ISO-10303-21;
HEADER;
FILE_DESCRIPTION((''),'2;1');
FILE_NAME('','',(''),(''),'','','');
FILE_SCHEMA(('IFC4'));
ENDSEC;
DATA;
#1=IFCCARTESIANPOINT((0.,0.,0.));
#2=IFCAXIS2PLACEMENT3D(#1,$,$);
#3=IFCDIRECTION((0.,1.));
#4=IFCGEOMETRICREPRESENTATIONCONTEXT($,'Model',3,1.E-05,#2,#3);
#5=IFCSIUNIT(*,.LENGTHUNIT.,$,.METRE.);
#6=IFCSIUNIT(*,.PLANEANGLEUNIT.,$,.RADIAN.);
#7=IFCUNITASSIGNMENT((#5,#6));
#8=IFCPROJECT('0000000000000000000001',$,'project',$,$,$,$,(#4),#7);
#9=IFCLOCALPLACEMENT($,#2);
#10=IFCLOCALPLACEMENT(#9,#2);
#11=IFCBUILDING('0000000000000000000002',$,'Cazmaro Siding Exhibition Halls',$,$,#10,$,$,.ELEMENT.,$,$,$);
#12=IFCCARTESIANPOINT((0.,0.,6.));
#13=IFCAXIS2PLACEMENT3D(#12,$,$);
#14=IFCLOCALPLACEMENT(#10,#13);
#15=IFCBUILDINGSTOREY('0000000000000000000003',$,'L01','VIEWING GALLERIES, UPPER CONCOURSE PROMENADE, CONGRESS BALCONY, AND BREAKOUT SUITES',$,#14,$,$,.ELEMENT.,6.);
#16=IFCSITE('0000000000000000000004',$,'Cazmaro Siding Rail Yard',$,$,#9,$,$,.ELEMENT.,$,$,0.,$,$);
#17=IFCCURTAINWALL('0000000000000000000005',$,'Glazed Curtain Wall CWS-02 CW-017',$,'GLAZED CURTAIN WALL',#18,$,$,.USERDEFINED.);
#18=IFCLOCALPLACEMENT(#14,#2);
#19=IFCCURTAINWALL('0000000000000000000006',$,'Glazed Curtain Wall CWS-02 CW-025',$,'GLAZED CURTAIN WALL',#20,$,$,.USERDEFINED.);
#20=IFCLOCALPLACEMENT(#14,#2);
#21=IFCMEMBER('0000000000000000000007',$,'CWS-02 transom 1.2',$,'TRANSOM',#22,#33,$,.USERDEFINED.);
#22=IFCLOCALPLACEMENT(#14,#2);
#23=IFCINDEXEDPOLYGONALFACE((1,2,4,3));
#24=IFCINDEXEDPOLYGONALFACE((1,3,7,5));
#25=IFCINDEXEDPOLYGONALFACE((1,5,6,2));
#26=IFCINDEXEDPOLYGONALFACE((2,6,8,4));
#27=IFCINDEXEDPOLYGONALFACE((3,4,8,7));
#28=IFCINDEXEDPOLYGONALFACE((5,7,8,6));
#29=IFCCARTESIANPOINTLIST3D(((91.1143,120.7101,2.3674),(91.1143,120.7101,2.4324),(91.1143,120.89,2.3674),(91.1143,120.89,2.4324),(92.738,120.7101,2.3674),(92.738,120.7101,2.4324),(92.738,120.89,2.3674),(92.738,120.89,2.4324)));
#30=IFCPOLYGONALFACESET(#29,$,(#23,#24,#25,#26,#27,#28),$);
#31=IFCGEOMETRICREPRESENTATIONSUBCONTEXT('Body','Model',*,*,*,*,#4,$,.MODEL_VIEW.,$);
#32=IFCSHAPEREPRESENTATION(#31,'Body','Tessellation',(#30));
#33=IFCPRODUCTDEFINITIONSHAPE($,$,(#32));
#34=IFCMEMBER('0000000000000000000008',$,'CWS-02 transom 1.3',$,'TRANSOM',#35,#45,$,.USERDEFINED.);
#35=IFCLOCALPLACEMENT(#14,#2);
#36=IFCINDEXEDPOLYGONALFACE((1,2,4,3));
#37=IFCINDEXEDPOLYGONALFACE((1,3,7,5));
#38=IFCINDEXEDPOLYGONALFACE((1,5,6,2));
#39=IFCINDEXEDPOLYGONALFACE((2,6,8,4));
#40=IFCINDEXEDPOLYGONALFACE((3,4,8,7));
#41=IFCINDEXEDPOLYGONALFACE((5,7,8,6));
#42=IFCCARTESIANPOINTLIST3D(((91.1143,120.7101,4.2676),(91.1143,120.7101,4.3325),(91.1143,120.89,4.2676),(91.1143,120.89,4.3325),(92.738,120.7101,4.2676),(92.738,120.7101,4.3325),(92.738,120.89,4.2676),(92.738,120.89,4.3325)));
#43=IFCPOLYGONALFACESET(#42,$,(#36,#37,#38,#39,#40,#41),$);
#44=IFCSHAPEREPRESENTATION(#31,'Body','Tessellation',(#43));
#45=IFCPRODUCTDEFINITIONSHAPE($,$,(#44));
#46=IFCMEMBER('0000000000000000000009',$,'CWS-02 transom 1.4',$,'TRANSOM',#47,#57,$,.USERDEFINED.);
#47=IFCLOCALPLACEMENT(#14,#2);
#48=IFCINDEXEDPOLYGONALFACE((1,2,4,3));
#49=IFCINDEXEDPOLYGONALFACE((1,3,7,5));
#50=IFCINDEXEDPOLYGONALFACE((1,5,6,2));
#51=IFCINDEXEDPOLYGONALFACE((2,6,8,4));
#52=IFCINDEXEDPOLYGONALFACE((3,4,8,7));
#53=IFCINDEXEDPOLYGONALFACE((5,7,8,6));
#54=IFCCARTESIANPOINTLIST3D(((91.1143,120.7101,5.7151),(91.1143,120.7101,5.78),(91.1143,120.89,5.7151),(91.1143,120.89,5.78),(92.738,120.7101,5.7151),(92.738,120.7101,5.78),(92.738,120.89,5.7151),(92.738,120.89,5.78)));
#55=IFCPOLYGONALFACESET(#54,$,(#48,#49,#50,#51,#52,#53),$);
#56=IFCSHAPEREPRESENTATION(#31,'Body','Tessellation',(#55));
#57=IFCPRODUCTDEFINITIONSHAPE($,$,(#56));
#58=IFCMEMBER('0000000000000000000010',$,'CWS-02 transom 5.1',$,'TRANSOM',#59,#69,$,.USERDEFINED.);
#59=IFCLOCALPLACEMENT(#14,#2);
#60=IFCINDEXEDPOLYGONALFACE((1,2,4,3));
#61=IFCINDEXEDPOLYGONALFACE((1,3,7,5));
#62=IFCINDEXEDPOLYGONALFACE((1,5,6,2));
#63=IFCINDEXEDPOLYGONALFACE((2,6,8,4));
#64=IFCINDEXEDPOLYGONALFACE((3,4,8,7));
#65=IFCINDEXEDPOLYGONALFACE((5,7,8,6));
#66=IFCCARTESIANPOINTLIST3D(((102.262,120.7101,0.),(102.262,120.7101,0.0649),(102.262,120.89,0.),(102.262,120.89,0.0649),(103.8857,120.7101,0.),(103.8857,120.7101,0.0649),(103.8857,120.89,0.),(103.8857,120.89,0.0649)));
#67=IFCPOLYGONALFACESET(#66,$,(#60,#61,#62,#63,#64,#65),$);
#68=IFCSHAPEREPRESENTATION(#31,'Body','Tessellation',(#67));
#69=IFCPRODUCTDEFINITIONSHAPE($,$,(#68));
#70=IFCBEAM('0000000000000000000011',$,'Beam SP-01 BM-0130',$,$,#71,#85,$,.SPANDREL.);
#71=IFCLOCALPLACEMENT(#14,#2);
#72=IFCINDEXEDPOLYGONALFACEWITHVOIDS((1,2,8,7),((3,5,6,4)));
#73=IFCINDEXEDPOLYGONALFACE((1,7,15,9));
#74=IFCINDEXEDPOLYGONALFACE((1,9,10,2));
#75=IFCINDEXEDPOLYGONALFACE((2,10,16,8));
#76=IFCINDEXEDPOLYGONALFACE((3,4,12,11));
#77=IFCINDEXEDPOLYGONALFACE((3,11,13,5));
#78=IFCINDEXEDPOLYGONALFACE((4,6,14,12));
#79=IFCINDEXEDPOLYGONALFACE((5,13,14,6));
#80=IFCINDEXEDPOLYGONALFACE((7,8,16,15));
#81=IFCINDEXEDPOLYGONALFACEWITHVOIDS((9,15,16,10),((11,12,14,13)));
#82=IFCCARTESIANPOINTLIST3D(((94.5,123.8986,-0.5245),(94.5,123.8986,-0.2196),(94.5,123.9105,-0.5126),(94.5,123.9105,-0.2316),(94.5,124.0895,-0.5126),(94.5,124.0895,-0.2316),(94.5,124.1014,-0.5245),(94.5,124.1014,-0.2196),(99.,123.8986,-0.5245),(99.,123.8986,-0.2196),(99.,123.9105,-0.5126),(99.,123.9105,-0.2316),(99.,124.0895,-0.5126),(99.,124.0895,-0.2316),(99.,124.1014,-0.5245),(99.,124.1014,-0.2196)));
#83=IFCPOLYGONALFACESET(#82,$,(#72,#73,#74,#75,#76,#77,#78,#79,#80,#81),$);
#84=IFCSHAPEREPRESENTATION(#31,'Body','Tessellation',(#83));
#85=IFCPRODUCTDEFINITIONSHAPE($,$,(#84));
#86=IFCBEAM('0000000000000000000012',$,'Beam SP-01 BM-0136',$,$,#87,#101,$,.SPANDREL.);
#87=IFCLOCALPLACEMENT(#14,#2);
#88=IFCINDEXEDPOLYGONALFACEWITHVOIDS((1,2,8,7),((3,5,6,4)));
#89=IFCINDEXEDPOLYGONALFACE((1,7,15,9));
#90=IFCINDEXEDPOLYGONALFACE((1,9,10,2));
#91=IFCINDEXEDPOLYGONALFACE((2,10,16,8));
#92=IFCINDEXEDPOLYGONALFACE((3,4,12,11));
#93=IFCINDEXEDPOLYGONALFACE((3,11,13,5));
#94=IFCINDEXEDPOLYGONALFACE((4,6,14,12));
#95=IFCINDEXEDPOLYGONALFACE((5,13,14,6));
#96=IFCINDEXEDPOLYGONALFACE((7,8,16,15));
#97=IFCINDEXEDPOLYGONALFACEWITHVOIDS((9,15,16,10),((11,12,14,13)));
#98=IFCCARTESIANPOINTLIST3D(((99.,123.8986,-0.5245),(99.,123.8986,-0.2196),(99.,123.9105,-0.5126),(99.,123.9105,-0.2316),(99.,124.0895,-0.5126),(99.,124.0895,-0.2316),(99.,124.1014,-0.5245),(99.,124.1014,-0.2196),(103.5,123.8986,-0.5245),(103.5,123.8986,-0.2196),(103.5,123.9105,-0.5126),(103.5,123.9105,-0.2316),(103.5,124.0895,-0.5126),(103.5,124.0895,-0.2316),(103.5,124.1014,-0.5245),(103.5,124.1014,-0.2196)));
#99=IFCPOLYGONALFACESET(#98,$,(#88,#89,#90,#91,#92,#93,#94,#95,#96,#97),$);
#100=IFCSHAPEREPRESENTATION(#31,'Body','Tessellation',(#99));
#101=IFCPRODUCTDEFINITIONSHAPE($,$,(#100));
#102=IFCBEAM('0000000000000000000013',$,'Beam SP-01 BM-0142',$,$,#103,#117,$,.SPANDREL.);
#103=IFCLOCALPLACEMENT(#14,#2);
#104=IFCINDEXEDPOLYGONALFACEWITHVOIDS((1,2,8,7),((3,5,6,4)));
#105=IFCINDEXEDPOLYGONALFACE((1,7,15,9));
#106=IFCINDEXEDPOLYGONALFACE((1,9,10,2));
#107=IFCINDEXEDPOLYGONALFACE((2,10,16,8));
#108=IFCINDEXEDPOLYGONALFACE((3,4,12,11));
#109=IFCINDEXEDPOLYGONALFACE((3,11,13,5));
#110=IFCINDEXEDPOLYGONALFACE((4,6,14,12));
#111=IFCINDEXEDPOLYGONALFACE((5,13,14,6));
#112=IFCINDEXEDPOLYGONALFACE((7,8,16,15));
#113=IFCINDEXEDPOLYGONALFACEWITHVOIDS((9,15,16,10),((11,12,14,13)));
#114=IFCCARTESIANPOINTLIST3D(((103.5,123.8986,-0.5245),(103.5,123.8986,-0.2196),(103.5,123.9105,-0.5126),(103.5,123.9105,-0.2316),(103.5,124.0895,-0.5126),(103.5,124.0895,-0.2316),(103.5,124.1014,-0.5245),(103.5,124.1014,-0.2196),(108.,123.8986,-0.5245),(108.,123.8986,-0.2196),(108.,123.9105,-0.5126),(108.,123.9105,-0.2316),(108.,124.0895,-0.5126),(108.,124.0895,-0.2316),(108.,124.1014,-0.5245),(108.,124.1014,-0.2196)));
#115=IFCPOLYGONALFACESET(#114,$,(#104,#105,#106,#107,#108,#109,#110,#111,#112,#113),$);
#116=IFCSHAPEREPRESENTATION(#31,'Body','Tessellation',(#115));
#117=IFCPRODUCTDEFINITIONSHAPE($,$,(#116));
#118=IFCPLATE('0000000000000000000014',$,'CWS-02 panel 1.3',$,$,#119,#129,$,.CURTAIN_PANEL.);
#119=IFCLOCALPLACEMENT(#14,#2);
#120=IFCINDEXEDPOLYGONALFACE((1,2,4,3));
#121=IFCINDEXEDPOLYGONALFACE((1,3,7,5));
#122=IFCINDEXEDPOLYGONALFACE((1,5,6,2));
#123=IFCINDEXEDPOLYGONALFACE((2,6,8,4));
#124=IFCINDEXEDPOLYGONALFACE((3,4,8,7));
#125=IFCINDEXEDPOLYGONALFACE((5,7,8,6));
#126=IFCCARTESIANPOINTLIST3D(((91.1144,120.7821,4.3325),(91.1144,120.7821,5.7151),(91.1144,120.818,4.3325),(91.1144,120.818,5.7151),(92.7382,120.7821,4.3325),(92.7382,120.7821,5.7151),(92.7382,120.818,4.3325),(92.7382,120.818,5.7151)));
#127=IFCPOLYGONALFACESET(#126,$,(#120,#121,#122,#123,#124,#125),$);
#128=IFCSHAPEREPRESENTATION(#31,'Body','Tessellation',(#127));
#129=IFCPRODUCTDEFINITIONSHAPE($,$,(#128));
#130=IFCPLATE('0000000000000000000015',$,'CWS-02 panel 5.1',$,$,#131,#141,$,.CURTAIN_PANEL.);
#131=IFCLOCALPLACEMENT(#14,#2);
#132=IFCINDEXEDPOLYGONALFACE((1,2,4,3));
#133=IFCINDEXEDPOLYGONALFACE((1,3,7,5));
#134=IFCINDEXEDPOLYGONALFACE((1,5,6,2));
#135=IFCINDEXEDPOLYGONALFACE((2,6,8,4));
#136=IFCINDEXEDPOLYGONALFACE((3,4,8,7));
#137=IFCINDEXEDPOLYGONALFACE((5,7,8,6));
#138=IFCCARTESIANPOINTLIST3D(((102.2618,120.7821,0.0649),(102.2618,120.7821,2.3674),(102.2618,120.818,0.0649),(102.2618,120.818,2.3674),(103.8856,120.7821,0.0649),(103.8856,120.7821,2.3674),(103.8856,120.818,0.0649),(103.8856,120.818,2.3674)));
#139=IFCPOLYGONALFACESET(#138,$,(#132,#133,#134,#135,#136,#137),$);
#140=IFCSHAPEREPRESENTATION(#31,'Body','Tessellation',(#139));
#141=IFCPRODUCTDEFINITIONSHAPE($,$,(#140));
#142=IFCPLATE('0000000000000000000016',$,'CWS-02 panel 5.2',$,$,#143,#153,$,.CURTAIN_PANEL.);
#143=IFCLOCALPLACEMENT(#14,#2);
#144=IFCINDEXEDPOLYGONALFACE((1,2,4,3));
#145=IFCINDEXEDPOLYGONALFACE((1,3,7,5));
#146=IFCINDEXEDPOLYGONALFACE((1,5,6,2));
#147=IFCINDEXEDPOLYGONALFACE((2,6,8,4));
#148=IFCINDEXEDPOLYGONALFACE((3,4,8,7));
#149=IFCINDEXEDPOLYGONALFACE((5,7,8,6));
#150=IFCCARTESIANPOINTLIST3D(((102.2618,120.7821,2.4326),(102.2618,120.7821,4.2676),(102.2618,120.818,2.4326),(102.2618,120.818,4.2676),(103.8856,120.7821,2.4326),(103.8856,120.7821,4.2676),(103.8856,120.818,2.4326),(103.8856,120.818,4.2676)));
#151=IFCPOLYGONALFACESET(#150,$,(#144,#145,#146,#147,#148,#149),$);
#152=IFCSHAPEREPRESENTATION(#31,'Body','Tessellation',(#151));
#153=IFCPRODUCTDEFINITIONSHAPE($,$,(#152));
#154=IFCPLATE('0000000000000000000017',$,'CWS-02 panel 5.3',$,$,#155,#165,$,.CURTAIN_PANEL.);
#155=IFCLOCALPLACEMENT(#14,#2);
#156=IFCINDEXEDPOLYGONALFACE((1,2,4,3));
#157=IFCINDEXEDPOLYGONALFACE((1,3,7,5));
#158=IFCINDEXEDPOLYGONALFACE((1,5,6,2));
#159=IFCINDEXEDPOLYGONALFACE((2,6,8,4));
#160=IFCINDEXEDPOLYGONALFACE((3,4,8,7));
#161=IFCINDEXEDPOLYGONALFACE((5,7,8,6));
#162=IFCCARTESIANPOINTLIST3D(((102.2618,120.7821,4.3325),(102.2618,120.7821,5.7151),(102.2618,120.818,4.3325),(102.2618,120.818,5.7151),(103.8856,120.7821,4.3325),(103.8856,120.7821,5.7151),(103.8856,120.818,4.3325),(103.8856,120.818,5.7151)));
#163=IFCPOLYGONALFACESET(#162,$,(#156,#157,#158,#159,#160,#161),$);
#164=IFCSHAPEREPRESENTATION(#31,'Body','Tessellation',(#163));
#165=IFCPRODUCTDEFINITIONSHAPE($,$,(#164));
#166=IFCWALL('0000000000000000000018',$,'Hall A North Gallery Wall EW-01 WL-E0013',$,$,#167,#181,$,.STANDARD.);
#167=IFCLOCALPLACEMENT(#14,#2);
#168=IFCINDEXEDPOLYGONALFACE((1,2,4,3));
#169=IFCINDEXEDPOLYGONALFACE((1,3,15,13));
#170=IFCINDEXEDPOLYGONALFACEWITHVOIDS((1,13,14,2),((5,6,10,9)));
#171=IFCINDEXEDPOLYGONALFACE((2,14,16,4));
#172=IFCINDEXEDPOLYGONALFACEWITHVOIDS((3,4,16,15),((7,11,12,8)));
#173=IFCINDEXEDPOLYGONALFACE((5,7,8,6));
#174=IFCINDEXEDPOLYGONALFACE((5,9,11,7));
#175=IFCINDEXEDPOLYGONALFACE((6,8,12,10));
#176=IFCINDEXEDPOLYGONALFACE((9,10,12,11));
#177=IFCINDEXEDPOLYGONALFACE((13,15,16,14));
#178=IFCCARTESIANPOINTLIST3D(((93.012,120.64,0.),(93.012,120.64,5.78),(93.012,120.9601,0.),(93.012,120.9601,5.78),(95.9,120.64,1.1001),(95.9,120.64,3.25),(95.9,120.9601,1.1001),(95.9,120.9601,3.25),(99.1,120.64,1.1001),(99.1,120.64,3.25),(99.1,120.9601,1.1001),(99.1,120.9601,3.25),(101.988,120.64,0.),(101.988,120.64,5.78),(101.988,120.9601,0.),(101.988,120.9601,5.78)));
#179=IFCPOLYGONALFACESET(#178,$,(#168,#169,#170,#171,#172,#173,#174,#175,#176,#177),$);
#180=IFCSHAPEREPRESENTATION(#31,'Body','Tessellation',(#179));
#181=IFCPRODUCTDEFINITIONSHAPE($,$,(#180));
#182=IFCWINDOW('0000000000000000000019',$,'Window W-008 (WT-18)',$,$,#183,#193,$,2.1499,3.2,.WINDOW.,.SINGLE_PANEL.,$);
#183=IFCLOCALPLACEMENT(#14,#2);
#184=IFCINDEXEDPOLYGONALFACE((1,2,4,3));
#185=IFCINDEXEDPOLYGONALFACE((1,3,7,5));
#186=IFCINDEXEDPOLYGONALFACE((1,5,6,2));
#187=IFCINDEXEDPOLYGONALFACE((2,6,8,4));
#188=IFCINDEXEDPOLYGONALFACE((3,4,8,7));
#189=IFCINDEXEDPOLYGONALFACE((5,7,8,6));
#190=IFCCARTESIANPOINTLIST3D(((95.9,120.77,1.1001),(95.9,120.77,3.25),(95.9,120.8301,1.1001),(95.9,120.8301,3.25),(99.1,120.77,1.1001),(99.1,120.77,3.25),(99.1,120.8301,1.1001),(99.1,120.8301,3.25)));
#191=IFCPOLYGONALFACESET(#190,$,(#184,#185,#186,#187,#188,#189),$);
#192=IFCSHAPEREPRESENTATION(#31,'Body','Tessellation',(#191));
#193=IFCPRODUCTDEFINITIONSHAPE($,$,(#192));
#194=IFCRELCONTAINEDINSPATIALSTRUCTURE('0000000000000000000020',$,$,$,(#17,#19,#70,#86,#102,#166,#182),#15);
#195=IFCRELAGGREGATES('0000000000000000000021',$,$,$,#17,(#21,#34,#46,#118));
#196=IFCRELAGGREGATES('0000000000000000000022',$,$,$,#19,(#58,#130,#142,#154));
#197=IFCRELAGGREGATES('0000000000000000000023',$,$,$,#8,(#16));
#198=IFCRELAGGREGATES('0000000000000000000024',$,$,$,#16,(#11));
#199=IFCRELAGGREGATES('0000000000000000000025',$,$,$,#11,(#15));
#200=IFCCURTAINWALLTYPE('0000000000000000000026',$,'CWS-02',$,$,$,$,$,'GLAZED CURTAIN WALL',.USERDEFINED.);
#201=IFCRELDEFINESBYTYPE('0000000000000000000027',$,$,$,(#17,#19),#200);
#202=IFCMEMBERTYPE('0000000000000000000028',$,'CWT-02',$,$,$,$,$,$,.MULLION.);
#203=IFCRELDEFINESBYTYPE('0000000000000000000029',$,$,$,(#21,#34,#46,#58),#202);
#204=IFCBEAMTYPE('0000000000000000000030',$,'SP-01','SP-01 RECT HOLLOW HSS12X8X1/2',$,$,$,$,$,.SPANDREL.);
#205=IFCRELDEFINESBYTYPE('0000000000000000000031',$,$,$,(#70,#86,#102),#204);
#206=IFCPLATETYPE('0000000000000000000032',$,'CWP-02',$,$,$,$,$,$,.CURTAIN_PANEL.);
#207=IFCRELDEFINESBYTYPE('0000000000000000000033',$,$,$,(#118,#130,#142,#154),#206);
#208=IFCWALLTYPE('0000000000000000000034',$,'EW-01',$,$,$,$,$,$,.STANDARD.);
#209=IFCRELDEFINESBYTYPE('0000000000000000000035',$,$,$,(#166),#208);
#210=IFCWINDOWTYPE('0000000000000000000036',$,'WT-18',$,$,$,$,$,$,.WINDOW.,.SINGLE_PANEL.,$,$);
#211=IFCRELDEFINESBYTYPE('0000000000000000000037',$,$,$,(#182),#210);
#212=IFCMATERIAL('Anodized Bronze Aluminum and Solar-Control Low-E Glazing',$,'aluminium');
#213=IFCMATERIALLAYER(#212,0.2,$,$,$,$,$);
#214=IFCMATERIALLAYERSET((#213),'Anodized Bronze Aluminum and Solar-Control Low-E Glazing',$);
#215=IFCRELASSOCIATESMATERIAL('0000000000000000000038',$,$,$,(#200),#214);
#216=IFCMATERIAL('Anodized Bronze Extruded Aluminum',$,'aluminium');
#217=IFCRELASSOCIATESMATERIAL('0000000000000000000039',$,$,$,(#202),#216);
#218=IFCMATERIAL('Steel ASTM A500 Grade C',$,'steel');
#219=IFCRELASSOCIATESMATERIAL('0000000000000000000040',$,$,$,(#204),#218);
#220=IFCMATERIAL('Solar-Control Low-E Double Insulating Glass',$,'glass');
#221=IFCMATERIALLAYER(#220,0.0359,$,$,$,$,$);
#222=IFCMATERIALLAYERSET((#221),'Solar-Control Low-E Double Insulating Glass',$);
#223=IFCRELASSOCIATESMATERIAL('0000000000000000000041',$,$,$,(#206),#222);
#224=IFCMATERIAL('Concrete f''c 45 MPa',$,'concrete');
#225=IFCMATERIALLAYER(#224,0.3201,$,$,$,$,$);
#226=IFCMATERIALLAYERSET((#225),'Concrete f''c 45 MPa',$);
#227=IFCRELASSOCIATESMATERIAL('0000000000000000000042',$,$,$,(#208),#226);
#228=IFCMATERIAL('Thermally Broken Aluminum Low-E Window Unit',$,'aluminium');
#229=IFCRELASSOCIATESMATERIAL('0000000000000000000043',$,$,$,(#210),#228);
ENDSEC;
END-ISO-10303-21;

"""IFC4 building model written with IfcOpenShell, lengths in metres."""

from ifc_helpers import new_model, si_unit, direction, frame, frame_2d, origin, origin_2d, place, context, subcontext, project, spatial, rectangle, hollow_rectangle, extrude, material, layer, layer_set, material_profile, profile_set, type_object, element, fill, aggregate, save


model = new_model("IFC4")

# Units and contexts
model_context = context("Model", 3, precision=1e-05, world=origin(), true_north=direction((0.0, 1.0)))
body_context = subcontext(model_context, "Body", "Model", "MODEL_VIEW")
ifc_project = project(units=[si_unit("LENGTHUNIT", "METRE"), si_unit("PLANEANGLEUNIT", "RADIAN")], contexts=[model_context])

# Site, building, storey
site_placement = place(None, origin())
site = spatial("IfcSite", under=ifc_project, at=site_placement, Name="Cazmaro Siding Rail Yard", CompositionType="ELEMENT", RefElevation=0.0)
building_placement = place(site_placement, origin())
building = spatial("IfcBuilding", under=site, at=building_placement, Name="Cazmaro Siding Exhibition Halls", CompositionType="ELEMENT")
storey_placement = place(building_placement, frame((0.0, 0.0, 6.0)))
storey = spatial("IfcBuildingStorey", under=building, at=storey_placement, Name="L01", Description="VIEWING GALLERIES, UPPER CONCOURSE PROMENADE, CONGRESS BALCONY, AND BREAKOUT SUITES", CompositionType="ELEMENT", Elevation=6.0)

# Curtain walls
ifc_material_1 = material(Name="Anodized Bronze Aluminum and Solar-Control Low-E Glazing", Category="aluminium")
ifc_layer_1 = layer(ifc_material_1, 0.2)
ifc_layer_set_1 = layer_set([ifc_layer_1], Name="Anodized Bronze Aluminum and Solar-Control Low-E Glazing")
curtain_wall_type = type_object("IfcCurtainWallType", Name="CWS-02", ElementType="GLAZED CURTAIN WALL", PredefinedType="USERDEFINED", material=ifc_layer_set_1)
curtain_wall_1_placement = place(storey_placement, origin())
curtain_wall_1 = element("IfcCurtainWall", 1, at=curtain_wall_1_placement, inside=storey, type_object=curtain_wall_type, Name="Glazed Curtain Wall CWS-02 CW-017", ObjectType="GLAZED CURTAIN WALL", PredefinedType="USERDEFINED")
curtain_wall_2_placement = place(storey_placement, origin())
curtain_wall_2 = element("IfcCurtainWall", 2, at=curtain_wall_2_placement, inside=storey, type_object=curtain_wall_type, Name="Glazed Curtain Wall CWS-02 CW-025", ObjectType="GLAZED CURTAIN WALL", PredefinedType="USERDEFINED")

# Members
ifc_material_2 = material(Name="Anodized Bronze Extruded Aluminum", Category="aluminium")
ifc_material_profile_1 = material_profile(ifc_material_2, rectangle(XDim=0.1799, YDim=0.0649, at=origin_2d()), Name="CWT-02")
ifc_profile_set_1 = profile_set([ifc_material_profile_1], Name="Anodized Bronze Extruded Aluminum")
member_type_1 = type_object("IfcMemberType", Name="CWT-02", PredefinedType="MULLION", material=ifc_profile_set_1)
member_1_placement = place(storey_placement, frame((92.738, 120.8, 2.3999), z_axis=(-1.0, 0.0, 0.0), x_axis=(0.0, -1.0, 0.0)))
member_1 = element("IfcMember", 3, at=member_1_placement, type_object=member_type_1, Name="CWS-02 transom 1.2", ObjectType="TRANSOM", PredefinedType="USERDEFINED", context=body_context, shape_type="SweptSolid", body=[
    extrude(rectangle(XDim=0.1799, YDim=0.0649, at=origin_2d()), origin(), (0.0, 0.0, 1.0), 1.6238),
])
member_2_placement = place(storey_placement, frame((92.738, 120.8, 4.3), z_axis=(-1.0, 0.0, 0.0), x_axis=(0.0, -1.0, 0.0)))
member_2 = element("IfcMember", 4, at=member_2_placement, type_object=member_type_1, Name="CWS-02 transom 1.3", ObjectType="TRANSOM", PredefinedType="USERDEFINED", context=body_context, shape_type="SweptSolid", body=[
    extrude(rectangle(XDim=0.1799, YDim=0.0649, at=origin_2d()), origin(), (0.0, 0.0, 1.0), 1.6238),
])
member_3_placement = place(storey_placement, frame((92.738, 120.8, 5.7476), z_axis=(-1.0, 0.0, 0.0), x_axis=(0.0, -1.0, 0.0)))
member_3 = element("IfcMember", 5, at=member_3_placement, type_object=member_type_1, Name="CWS-02 transom 1.4", ObjectType="TRANSOM", PredefinedType="USERDEFINED", context=body_context, shape_type="SweptSolid", body=[
    extrude(rectangle(XDim=0.1799, YDim=0.0649, at=origin_2d()), origin(), (0.0, 0.0, 1.0), 1.6238),
])
member_4_placement = place(storey_placement, frame((103.8857, 120.8, 0.0325), z_axis=(-1.0, 0.0, 0.0), x_axis=(0.0, -1.0, 0.0)))
member_4 = element("IfcMember", 6, at=member_4_placement, type_object=member_type_1, Name="CWS-02 transom 5.1", ObjectType="TRANSOM", PredefinedType="USERDEFINED", context=body_context, shape_type="SweptSolid", body=[
    extrude(rectangle(XDim=0.1799, YDim=0.0649, at=origin_2d()), origin(), (0.0, 0.0, 1.0), 1.6238),
])

# Beams
ifc_material_3 = material(Name="Steel ASTM A500 Grade C", Category="steel")
ifc_material_profile_2 = material_profile(ifc_material_3, hollow_rectangle(XDim=0.2029, YDim=0.3049, WallThickness=0.012, at=origin_2d()), Name="HSS12X8X1/2")
ifc_profile_set_2 = profile_set([ifc_material_profile_2], Name="Steel ASTM A500 Grade C")
beam_type_1 = type_object("IfcBeamType", Name="SP-01", Description="SP-01 RECT HOLLOW HSS12X8X1/2", PredefinedType="SPANDREL", material=ifc_profile_set_2)
for number, where, z_axis, x_axis, name in (
    (7, (94.5, 124.0, -0.3721), (1.0, 0.0, 0.0), (0.0, 1.0, 0.0), "Beam SP-01 BM-0130"),
    (8, (99.0, 124.0, -0.3721), (1.0, 0.0, 0.0), (0.0, 1.0, 0.0), "Beam SP-01 BM-0136"),
    (9, (103.5, 124.0, -0.3721), (1.0, 0.0, 0.0), (0.0, 1.0, 0.0), "Beam SP-01 BM-0142"),
):
    element("IfcBeam", number, at=place(storey_placement, frame(where, z_axis=z_axis, x_axis=x_axis)), inside=storey, type_object=beam_type_1, Name=name, PredefinedType="SPANDREL", context=body_context, shape_type="SweptSolid", body=[
        extrude(hollow_rectangle(XDim=0.2029, YDim=0.3049, WallThickness=0.012, at=origin_2d()), origin(), (0.0, 0.0, 1.0), 4.5),
    ])

# Plates
ifc_material_4 = material(Name="Solar-Control Low-E Double Insulating Glass", Category="glass")
ifc_layer_2 = layer(ifc_material_4, 0.0359)
ifc_layer_set_2 = layer_set([ifc_layer_2], Name="Solar-Control Low-E Double Insulating Glass")
plate_type = type_object("IfcPlateType", Name="CWP-02", PredefinedType="CURTAIN_PANEL", material=ifc_layer_set_2)
plate_1_placement = place(storey_placement, frame((91.9263, 120.8, 4.3325), z_axis=(0.0, 0.0, 1.0), x_axis=(-1.0, 0.0, 0.0)))
plate_1 = element("IfcPlate", 10, at=plate_1_placement, type_object=plate_type, Name="CWS-02 panel 1.3", PredefinedType="CURTAIN_PANEL", context=body_context, shape_type="SweptSolid", body=[
    extrude(rectangle(XDim=1.6238, YDim=0.0359, at=origin_2d()), origin(), (0.0, 0.0, 1.0), 1.3826),
])
aggregate(curtain_wall_1, [member_1, member_2, member_3, plate_1])
plate_2_placement = place(storey_placement, frame((103.0737, 120.8, 0.0649), z_axis=(0.0, 0.0, 1.0), x_axis=(-1.0, 0.0, 0.0)))
plate_2 = element("IfcPlate", 11, at=plate_2_placement, type_object=plate_type, Name="CWS-02 panel 5.1", PredefinedType="CURTAIN_PANEL", context=body_context, shape_type="SweptSolid", body=[
    extrude(rectangle(XDim=1.6238, YDim=0.0359, at=origin_2d()), origin(), (0.0, 0.0, 1.0), 2.3025),
])
plate_3_placement = place(storey_placement, frame((103.0737, 120.8, 2.4326), z_axis=(0.0, 0.0, 1.0), x_axis=(-1.0, 0.0, 0.0)))
plate_3 = element("IfcPlate", 12, at=plate_3_placement, type_object=plate_type, Name="CWS-02 panel 5.2", PredefinedType="CURTAIN_PANEL", context=body_context, shape_type="SweptSolid", body=[
    extrude(rectangle(XDim=1.6238, YDim=0.0359, at=origin_2d()), origin(), (0.0, 0.0, 1.0), 1.835),
])
plate_4_placement = place(storey_placement, frame((103.0737, 120.8, 4.3325), z_axis=(0.0, 0.0, 1.0), x_axis=(-1.0, 0.0, 0.0)))
plate_4 = element("IfcPlate", 13, at=plate_4_placement, type_object=plate_type, Name="CWS-02 panel 5.3", PredefinedType="CURTAIN_PANEL", context=body_context, shape_type="SweptSolid", body=[
    extrude(rectangle(XDim=1.6238, YDim=0.0359, at=origin_2d()), origin(), (0.0, 0.0, 1.0), 1.3826),
])
aggregate(curtain_wall_2, [member_4, plate_2, plate_3, plate_4])

# Wall, opening, window
ifc_material_5 = material(Name="Concrete f'c 45 MPa", Category="concrete")
ifc_layer_3 = layer(ifc_material_5, 0.3201)
ifc_layer_set_3 = layer_set([ifc_layer_3], Name="Concrete f'c 45 MPa")
wall_type = type_object("IfcWallType", Name="EW-01", PredefinedType="STANDARD", material=ifc_layer_set_3)
wall_placement = place(storey_placement, frame((93.012, 120.8, 0.0), z_axis=(0.0, 0.0, 1.0), x_axis=(1.0, 0.0, 0.0)))
wall = element("IfcWall", 14, at=wall_placement, inside=storey, type_object=wall_type, Name="Hall A North Gallery Wall EW-01 WL-E0013", PredefinedType="STANDARD", context=body_context, shape_type="SweptSolid", body=[
    extrude(rectangle(XDim=8.9761, YDim=0.3201, at=frame_2d((4.488, 0.0))), origin(), (0.0, 0.0, 1.0), 5.78),
])
opening_placement = place(wall_placement, frame((2.8879, 0.0, 1.1001)))
opening = element("IfcOpeningElement", 15, at=opening_placement, cuts=wall, PredefinedType="OPENING", context=body_context, shape_type="SweptSolid", body=[
    extrude(rectangle(XDim=3.2, YDim=2.1499, at=frame_2d((1.6001, 1.075))), frame((0.0, 0.1699, 0.0), z_axis=(0.0, -1.0, 0.0), x_axis=(1.0, 0.0, 0.0)), (0.0, 0.0, 1.0), 0.3401),
])
ifc_material_6 = material(Name="Thermally Broken Aluminum Low-E Window Unit", Category="aluminium")
window_type = type_object("IfcWindowType", Name="WT-18", PartitioningType="SINGLE_PANEL", PredefinedType="WINDOW", material=ifc_material_6)
window_placement = place(opening_placement, origin())
window = element("IfcWindow", 16, at=window_placement, inside=storey, type_object=window_type, Name="Window W-008 (WT-18)", OverallHeight=2.1499, OverallWidth=3.2, PartitioningType="SINGLE_PANEL", PredefinedType="WINDOW", context=body_context, shape_type="SweptSolid", body=[
    extrude(rectangle(XDim=3.2, YDim=2.1499, at=frame_2d((1.6001, 1.075))), frame((0.0, 0.03, 0.0), z_axis=(0.0, -1.0, 0.0), x_axis=(1.0, 0.0, 0.0)), (0.0, 0.0, 1.0), 0.0601),
])
fill(opening, window)

save(model, "model.ifc")
